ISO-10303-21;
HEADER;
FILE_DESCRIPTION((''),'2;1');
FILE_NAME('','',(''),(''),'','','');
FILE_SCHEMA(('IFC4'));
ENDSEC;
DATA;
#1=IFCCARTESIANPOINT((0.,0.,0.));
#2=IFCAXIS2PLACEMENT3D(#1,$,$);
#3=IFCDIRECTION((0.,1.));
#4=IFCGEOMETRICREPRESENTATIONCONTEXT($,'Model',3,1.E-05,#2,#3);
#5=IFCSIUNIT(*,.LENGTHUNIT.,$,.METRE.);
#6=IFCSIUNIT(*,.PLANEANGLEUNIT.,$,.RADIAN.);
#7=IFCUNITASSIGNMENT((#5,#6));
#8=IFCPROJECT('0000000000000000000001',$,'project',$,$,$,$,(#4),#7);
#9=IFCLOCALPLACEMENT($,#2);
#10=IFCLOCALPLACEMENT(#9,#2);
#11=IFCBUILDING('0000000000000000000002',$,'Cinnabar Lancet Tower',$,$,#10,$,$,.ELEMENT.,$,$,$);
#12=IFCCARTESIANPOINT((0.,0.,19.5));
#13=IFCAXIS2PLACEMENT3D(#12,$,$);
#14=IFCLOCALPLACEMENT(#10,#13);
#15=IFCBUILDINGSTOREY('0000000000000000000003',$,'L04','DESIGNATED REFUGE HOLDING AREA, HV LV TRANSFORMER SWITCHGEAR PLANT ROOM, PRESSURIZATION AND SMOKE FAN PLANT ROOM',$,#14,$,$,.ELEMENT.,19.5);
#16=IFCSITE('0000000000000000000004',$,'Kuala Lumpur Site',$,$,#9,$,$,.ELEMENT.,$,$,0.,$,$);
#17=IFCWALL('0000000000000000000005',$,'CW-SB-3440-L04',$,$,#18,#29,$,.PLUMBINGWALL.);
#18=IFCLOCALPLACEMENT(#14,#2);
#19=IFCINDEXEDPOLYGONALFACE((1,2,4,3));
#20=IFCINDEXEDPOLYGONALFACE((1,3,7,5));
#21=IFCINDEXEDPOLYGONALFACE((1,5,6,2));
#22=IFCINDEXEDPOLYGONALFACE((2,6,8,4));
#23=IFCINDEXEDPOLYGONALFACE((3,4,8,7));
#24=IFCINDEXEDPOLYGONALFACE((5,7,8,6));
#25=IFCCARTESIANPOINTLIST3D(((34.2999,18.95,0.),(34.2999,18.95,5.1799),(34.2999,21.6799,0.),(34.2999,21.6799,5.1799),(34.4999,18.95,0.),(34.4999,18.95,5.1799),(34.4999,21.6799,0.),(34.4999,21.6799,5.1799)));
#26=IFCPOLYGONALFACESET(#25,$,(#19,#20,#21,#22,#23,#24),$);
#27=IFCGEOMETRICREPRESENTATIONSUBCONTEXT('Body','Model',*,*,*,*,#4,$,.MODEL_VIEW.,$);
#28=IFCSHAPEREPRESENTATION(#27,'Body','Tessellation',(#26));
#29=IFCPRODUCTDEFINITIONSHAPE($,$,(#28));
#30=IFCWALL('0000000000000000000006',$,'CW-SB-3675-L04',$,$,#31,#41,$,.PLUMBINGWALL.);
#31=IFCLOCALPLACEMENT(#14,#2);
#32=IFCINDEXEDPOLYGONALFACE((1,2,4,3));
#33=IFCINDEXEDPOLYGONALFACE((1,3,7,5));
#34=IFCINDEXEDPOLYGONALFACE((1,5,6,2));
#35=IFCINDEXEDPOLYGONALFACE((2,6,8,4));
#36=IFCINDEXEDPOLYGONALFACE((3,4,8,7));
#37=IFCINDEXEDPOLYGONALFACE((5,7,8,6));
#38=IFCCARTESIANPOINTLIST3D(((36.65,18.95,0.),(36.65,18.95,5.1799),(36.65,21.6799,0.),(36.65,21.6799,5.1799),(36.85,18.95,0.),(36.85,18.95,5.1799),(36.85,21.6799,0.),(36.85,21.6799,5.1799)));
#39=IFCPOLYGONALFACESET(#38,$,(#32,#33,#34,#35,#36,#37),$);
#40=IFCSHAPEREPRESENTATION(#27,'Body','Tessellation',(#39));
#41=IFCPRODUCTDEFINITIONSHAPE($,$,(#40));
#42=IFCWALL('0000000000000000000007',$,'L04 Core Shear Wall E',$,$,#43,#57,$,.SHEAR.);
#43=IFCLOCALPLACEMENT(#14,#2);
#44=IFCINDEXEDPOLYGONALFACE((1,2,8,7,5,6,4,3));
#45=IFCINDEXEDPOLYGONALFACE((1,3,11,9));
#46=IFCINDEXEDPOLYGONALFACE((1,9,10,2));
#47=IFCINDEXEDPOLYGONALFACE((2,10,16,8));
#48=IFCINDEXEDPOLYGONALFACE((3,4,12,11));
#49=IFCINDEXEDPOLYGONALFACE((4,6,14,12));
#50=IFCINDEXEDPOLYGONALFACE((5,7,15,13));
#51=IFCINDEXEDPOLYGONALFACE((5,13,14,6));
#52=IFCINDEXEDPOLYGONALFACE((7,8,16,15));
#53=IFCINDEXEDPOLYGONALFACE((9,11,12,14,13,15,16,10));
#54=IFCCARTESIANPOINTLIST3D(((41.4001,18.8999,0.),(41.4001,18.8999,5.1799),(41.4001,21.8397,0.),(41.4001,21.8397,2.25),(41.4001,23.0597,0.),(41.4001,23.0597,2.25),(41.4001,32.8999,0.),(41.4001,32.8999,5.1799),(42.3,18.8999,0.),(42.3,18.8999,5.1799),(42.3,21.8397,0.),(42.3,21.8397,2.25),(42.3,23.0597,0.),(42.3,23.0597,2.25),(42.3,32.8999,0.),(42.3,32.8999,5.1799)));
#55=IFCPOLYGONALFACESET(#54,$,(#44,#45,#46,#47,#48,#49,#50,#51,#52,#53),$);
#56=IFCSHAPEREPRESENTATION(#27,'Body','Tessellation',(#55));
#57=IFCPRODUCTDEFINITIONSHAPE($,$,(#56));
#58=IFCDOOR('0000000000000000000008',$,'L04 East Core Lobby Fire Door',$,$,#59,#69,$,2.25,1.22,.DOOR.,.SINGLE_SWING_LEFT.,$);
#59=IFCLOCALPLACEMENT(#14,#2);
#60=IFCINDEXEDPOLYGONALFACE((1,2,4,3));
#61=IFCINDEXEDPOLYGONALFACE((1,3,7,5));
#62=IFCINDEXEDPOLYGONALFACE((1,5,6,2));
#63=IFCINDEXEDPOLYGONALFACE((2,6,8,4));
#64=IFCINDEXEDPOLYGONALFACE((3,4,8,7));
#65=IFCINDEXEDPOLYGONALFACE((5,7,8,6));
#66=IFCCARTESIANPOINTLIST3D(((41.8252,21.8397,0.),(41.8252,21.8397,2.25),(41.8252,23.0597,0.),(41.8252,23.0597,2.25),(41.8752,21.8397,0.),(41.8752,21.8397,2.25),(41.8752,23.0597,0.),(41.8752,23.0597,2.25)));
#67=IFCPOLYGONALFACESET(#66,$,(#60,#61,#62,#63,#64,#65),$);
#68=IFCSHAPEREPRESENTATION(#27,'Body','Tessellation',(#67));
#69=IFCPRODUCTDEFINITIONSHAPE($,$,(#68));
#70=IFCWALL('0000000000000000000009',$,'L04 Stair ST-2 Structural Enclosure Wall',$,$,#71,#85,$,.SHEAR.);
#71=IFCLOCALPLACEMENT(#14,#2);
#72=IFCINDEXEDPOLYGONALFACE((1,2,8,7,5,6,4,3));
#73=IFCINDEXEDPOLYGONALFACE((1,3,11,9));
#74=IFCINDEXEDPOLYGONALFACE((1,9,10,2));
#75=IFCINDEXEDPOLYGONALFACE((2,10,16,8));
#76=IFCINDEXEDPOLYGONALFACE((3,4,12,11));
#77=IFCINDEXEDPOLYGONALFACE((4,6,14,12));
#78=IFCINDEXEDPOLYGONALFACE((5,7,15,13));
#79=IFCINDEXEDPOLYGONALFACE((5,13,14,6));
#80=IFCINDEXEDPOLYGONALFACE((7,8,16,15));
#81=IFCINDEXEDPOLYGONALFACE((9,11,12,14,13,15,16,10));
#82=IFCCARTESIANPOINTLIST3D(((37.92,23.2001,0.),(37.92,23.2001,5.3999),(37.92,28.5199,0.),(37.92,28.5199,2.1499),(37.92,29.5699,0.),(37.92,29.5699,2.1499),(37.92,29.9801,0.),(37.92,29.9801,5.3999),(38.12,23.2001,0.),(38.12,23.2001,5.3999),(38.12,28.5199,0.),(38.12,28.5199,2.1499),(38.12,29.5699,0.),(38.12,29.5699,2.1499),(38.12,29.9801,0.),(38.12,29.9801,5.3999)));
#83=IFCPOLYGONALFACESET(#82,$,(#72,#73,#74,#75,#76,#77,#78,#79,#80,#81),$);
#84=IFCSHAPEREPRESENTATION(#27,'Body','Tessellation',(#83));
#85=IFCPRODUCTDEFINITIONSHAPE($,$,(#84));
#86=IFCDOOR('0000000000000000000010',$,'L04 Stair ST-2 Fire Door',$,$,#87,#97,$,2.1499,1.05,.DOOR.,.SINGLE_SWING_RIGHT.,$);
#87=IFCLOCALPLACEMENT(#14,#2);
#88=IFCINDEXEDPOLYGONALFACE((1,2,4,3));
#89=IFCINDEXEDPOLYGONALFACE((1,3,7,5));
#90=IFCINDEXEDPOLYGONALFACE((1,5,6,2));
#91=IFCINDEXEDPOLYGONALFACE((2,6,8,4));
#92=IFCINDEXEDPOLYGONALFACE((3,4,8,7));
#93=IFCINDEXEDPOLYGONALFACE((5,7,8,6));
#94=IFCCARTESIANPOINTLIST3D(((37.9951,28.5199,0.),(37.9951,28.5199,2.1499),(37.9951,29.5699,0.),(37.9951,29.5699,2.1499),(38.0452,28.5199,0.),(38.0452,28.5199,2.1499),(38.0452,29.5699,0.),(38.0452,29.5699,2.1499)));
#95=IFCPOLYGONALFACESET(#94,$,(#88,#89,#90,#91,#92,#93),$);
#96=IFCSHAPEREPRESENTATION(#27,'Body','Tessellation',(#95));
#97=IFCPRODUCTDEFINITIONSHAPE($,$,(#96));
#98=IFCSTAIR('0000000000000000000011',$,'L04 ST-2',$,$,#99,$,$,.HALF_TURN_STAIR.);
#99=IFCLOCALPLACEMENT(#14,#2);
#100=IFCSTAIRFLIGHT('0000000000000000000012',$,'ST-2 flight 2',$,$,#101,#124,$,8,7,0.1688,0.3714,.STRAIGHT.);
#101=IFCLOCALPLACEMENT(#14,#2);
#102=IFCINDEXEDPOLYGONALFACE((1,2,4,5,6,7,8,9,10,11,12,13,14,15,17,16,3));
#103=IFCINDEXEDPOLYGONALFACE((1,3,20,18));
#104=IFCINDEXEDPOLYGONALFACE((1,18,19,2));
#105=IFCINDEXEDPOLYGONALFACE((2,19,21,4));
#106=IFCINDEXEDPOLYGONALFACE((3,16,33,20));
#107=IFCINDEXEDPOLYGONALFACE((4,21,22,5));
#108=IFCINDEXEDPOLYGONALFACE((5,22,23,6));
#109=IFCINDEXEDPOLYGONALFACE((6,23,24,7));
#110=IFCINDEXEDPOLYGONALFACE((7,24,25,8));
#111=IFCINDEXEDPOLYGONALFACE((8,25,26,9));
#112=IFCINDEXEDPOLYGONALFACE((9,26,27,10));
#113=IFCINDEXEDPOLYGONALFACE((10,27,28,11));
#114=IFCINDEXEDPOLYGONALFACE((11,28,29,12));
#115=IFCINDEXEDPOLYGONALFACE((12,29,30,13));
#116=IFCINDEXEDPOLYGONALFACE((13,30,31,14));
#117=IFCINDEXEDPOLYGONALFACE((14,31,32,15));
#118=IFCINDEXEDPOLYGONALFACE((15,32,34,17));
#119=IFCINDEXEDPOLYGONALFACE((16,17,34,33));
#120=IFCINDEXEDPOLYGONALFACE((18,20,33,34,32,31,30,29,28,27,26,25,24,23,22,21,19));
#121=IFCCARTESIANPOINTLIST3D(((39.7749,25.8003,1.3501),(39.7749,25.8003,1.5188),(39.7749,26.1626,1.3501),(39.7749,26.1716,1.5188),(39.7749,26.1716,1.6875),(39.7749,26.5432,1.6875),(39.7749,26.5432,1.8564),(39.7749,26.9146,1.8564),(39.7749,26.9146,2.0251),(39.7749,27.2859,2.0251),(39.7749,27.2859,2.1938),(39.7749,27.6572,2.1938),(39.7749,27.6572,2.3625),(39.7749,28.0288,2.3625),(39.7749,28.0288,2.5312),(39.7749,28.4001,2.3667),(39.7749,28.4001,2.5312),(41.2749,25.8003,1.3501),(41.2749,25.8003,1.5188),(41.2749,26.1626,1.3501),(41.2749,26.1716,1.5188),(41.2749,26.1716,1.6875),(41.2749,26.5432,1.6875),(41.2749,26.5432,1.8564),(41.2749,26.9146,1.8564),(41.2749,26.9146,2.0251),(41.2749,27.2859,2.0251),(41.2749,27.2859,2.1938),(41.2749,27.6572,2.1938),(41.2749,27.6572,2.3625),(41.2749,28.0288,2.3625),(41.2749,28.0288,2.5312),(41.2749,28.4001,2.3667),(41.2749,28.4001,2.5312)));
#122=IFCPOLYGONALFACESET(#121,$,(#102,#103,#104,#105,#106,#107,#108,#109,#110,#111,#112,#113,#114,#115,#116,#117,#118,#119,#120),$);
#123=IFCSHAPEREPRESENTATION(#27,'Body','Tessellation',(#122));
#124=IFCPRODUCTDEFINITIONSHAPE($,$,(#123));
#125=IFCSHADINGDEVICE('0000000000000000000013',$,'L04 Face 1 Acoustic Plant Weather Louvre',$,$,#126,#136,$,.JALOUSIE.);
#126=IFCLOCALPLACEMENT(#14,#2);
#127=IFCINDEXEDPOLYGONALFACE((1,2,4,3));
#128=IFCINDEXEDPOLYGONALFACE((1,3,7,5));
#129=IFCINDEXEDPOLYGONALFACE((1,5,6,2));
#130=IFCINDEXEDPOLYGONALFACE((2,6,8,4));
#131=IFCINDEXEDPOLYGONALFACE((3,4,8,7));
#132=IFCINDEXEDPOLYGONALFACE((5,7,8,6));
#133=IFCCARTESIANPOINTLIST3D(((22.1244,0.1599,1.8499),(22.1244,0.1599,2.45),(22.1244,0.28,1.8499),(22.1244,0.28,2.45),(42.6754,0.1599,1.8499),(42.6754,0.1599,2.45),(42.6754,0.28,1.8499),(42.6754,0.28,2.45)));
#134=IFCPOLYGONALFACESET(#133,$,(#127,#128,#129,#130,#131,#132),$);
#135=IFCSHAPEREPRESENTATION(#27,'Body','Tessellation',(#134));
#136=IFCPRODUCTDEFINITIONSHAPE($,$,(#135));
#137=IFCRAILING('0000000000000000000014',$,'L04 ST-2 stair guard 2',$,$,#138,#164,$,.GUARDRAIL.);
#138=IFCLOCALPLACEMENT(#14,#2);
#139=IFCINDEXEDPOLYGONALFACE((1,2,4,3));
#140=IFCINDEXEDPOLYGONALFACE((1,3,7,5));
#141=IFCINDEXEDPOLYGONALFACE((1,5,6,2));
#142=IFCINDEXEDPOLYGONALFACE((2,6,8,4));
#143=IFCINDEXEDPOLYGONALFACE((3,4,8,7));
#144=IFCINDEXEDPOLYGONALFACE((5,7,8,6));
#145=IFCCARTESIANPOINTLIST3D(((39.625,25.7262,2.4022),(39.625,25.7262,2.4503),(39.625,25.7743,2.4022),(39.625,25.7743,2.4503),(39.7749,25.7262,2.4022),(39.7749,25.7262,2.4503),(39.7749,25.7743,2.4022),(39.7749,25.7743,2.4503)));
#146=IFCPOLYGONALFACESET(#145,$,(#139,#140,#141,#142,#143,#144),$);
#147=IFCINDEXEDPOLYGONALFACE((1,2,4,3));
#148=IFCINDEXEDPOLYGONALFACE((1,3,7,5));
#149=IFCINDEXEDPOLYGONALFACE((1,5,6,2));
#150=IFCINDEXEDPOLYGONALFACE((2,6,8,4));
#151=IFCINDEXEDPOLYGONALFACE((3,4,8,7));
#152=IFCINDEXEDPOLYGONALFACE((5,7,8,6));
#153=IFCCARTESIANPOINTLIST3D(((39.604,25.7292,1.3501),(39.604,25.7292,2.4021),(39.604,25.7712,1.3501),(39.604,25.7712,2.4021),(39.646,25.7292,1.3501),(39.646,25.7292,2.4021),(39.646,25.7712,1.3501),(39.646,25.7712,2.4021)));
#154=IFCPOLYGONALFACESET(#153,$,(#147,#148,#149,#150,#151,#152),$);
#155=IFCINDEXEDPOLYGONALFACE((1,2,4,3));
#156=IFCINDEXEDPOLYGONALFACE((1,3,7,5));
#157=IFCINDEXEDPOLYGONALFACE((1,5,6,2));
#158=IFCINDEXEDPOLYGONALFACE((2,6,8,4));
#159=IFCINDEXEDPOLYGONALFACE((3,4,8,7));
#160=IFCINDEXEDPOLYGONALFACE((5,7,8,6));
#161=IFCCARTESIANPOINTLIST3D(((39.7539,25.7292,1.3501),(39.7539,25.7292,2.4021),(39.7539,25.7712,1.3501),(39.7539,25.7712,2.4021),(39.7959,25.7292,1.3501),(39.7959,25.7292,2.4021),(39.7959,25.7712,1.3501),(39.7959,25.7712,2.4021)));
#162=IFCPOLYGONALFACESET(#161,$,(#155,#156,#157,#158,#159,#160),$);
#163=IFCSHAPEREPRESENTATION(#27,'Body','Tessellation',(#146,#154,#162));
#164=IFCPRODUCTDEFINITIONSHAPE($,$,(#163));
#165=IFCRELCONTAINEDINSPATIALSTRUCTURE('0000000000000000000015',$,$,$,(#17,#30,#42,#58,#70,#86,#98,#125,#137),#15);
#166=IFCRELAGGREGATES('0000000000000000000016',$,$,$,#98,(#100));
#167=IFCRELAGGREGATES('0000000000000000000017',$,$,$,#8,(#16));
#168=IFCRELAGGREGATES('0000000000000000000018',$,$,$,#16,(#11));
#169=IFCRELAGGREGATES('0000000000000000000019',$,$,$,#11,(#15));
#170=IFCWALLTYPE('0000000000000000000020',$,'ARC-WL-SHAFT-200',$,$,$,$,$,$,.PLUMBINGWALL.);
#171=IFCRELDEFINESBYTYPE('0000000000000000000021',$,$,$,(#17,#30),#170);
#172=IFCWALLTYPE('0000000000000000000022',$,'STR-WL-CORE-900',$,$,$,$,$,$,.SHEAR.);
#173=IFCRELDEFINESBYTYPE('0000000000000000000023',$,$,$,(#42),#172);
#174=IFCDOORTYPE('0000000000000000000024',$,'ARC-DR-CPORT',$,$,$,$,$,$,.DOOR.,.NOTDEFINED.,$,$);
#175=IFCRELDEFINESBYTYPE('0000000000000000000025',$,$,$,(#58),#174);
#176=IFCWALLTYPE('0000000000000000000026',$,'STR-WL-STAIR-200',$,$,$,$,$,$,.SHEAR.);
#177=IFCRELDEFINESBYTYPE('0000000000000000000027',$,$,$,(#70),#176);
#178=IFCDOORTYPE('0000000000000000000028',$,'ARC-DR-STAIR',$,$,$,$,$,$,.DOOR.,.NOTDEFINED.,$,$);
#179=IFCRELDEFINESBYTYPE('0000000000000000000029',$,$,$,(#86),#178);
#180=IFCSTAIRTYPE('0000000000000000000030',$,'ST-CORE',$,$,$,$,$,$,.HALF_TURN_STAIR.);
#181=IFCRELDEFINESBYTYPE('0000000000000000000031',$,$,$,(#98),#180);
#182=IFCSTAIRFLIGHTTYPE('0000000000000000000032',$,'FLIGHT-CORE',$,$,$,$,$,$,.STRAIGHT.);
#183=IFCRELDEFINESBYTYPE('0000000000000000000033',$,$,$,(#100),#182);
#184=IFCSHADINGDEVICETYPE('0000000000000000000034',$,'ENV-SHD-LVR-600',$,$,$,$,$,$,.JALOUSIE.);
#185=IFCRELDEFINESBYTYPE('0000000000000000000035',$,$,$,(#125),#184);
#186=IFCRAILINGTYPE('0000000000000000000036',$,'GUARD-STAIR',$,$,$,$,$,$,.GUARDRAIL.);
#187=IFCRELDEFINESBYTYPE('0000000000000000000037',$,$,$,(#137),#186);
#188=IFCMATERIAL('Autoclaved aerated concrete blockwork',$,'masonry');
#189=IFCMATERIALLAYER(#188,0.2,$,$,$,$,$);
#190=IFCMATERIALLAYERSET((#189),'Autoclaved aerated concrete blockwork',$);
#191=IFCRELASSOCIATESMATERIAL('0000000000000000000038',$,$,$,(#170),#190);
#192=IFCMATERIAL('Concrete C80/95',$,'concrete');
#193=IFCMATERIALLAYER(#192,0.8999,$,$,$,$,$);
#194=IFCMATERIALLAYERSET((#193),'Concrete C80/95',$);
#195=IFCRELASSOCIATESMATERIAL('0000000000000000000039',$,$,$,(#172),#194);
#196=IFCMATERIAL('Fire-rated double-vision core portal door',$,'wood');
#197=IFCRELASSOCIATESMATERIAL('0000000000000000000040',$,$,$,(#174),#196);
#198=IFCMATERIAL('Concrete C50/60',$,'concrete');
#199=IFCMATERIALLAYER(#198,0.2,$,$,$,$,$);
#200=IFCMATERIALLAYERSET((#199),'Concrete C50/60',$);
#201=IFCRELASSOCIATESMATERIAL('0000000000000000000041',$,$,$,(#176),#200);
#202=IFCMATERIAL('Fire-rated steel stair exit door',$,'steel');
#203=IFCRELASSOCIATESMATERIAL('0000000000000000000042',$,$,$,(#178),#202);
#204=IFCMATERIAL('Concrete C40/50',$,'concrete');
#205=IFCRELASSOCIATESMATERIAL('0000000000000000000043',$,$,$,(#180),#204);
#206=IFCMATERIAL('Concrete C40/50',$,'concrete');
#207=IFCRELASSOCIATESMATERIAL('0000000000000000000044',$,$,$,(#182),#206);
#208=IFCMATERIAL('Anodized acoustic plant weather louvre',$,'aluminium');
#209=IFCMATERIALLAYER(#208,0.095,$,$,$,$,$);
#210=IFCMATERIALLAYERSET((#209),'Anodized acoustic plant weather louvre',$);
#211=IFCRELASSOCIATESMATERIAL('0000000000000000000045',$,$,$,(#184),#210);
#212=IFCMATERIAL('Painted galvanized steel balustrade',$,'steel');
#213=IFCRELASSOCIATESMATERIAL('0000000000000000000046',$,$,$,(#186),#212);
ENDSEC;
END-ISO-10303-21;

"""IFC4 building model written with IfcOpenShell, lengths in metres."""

from ifc_helpers import new_model, si_unit, direction, frame, frame_2d, origin, origin_2d, place, context, subcontext, project, spatial, polyline, rectangle, outline, extrude, material, layer, layer_set, type_object, element, fill, aggregate, save


model = new_model("IFC4")

# Units and contexts
model_context = context("Model", 3, precision=1e-05, world=origin(), true_north=direction((0.0, 1.0)))
body_context = subcontext(model_context, "Body", "Model", "MODEL_VIEW")
ifc_project = project(units=[si_unit("LENGTHUNIT", "METRE"), si_unit("PLANEANGLEUNIT", "RADIAN")], contexts=[model_context])

# Site, building, storey
site_placement = place(None, origin())
site = spatial("IfcSite", under=ifc_project, at=site_placement, Name="Kuala Lumpur Site", CompositionType="ELEMENT", RefElevation=0.0)
building_placement = place(site_placement, origin())
building = spatial("IfcBuilding", under=site, at=building_placement, Name="Cinnabar Lancet Tower", CompositionType="ELEMENT")
storey_placement = place(building_placement, frame((0.0, 0.0, 19.5)))
storey = spatial("IfcBuildingStorey", under=building, at=storey_placement, Name="L04", Description="DESIGNATED REFUGE HOLDING AREA, HV LV TRANSFORMER SWITCHGEAR PLANT ROOM, PRESSURIZATION AND SMOKE FAN PLANT ROOM", CompositionType="ELEMENT", Elevation=19.5)

# Shared definitions
ifc_material_1 = material(Name="Autoclaved aerated concrete blockwork", Category="masonry")
ifc_layer_1 = layer(ifc_material_1, 0.2)
ifc_layer_set_1 = layer_set([ifc_layer_1], Name="Autoclaved aerated concrete blockwork")
wall_type_1 = type_object("IfcWallType", Name="ARC-WL-SHAFT-200", PredefinedType="PLUMBINGWALL", material=ifc_layer_set_1)

# Walls
for number, where, z_axis, x_axis, name in (
    (1, (34.3999, 18.95, 0.0), (0.0, 0.0, 1.0), (0.0, 1.0, 0.0), "CW-SB-3440-L04"),
    (2, (36.75, 18.95, 0.0), (0.0, 0.0, 1.0), (0.0, 1.0, 0.0), "CW-SB-3675-L04"),
):
    element("IfcWall", number, at=place(storey_placement, frame(where, z_axis=z_axis, x_axis=x_axis)), inside=storey, type_object=wall_type_1, Name=name, PredefinedType="PLUMBINGWALL", context=body_context, shape_type="SweptSolid", body=[
        extrude(rectangle(XDim=2.73, YDim=0.2, at=frame_2d((1.365, 0.0))), origin(), (0.0, 0.0, 1.0), 5.1799),
    ])

# Walls, openings, doors
ifc_material_2 = material(Name="Concrete C80/95", Category="concrete")
ifc_layer_2 = layer(ifc_material_2, 0.8999)
ifc_layer_set_2 = layer_set([ifc_layer_2], Name="Concrete C80/95")
wall_type_2 = type_object("IfcWallType", Name="STR-WL-CORE-900", PredefinedType="SHEAR", material=ifc_layer_set_2)
wall_1_placement = place(storey_placement, frame((41.8501, 18.8999, 0.0), z_axis=(0.0, 0.0, 1.0), x_axis=(0.0, 1.0, 0.0)))
wall_1 = element("IfcWall", 3, at=wall_1_placement, inside=storey, type_object=wall_type_2, Name="L04 Core Shear Wall E", PredefinedType="SHEAR", context=body_context, shape_type="SweptSolid", body=[
    extrude(rectangle(XDim=14.0, YDim=0.8999, at=frame_2d((7.0, 0.0))), origin(), (0.0, 0.0, 1.0), 5.1799),
])
opening_1_placement = place(wall_1_placement, frame((2.9399, 0.0, 0.0)))
opening_1 = element("IfcOpeningElement", 4, at=opening_1_placement, cuts=wall_1, PredefinedType="OPENING", context=body_context, shape_type="SweptSolid", body=[
    extrude(rectangle(XDim=1.22, YDim=2.25, at=frame_2d((0.6099, 1.125))), frame((0.0, 0.46, 0.0), z_axis=(0.0, -1.0, 0.0), x_axis=(1.0, 0.0, 0.0)), (0.0, 0.0, 1.0), 0.9199),
])
ifc_material_3 = material(Name="Fire-rated double-vision core portal door", Category="wood")
door_type_1 = type_object("IfcDoorType", Name="ARC-DR-CPORT", OperationType="NOTDEFINED", PredefinedType="DOOR", material=ifc_material_3)
door_1_placement = place(opening_1_placement, origin())
door_1 = element("IfcDoor", 5, at=door_1_placement, inside=storey, type_object=door_type_1, Name="L04 East Core Lobby Fire Door", OperationType="SINGLE_SWING_LEFT", OverallHeight=2.25, OverallWidth=1.22, PredefinedType="DOOR", context=body_context, shape_type="SweptSolid", body=[
    extrude(rectangle(XDim=1.22, YDim=2.25, at=frame_2d((0.6099, 1.125))), frame((0.0, 0.0249, 0.0), z_axis=(0.0, -1.0, 0.0), x_axis=(1.0, 0.0, 0.0)), (0.0, 0.0, 1.0), 0.05),
])
fill(opening_1, door_1)
ifc_material_4 = material(Name="Concrete C50/60", Category="concrete")
ifc_layer_3 = layer(ifc_material_4, 0.2)
ifc_layer_set_3 = layer_set([ifc_layer_3], Name="Concrete C50/60")
wall_type_3 = type_object("IfcWallType", Name="STR-WL-STAIR-200", PredefinedType="SHEAR", material=ifc_layer_set_3)
wall_2_placement = place(storey_placement, frame((38.02, 23.2, 0.0), z_axis=(0.0, 0.0, 1.0), x_axis=(0.0, 1.0, 0.0)))
wall_2 = element("IfcWall", 6, at=wall_2_placement, inside=storey, type_object=wall_type_3, Name="L04 Stair ST-2 Structural Enclosure Wall", PredefinedType="SHEAR", context=body_context, shape_type="SweptSolid", body=[
    extrude(rectangle(XDim=6.78, YDim=0.2, at=frame_2d((3.3901, 0.0))), origin(), (0.0, 0.0, 1.0), 5.3999),
])
opening_2_placement = place(wall_2_placement, frame((5.3201, 0.0, 0.0)))
opening_2 = element("IfcOpeningElement", 7, at=opening_2_placement, cuts=wall_2, PredefinedType="OPENING", context=body_context, shape_type="SweptSolid", body=[
    extrude(rectangle(XDim=1.05, YDim=2.1499, at=frame_2d((0.5249, 1.075))), frame((0.0, 0.1099, 0.0), z_axis=(0.0, -1.0, 0.0), x_axis=(1.0, 0.0, 0.0)), (0.0, 0.0, 1.0), 0.22),
])
ifc_material_5 = material(Name="Fire-rated steel stair exit door", Category="steel")
door_type_2 = type_object("IfcDoorType", Name="ARC-DR-STAIR", OperationType="NOTDEFINED", PredefinedType="DOOR", material=ifc_material_5)
door_2_placement = place(opening_2_placement, origin())
door_2 = element("IfcDoor", 8, at=door_2_placement, inside=storey, type_object=door_type_2, Name="L04 Stair ST-2 Fire Door", OperationType="SINGLE_SWING_RIGHT", OverallHeight=2.1499, OverallWidth=1.05, PredefinedType="DOOR", context=body_context, shape_type="SweptSolid", body=[
    extrude(rectangle(XDim=1.05, YDim=2.1499, at=frame_2d((0.5249, 1.075))), frame((0.0, 0.0249, 0.0), z_axis=(0.0, -1.0, 0.0), x_axis=(1.0, 0.0, 0.0)), (0.0, 0.0, 1.0), 0.05),
])
fill(opening_2, door_2)

# Stair, stair flight
ifc_material_6 = material(Name="Concrete C40/50", Category="concrete")
stair_type = type_object("IfcStairType", Name="ST-CORE", PredefinedType="HALF_TURN_STAIR", material=ifc_material_6)
stair_placement = place(storey_placement, origin())
stair = element("IfcStair", 9, at=stair_placement, inside=storey, type_object=stair_type, Name="L04 ST-2", PredefinedType="HALF_TURN_STAIR")
ifc_material_7 = material(Name="Concrete C40/50", Category="concrete")
stair_flight_type = type_object("IfcStairFlightType", Name="FLIGHT-CORE", PredefinedType="STRAIGHT", material=ifc_material_7)
stair_flight_placement = place(storey_placement, frame((40.5249, 25.8003, 1.3501), z_axis=(0.0, 0.0, 1.0), x_axis=(0.0, 1.0, 0.0)))
stair_flight = element("IfcStairFlight", 10, at=stair_flight_placement, type_object=stair_flight_type, Name="ST-2 flight 2", NumberOfRisers=8, NumberOfTreads=7, PredefinedType="STRAIGHT", RiserHeight=0.1688, TreadLength=0.3714, context=body_context, shape_type="SweptSolid", body=[
    extrude(outline(polyline([(0.0, 0.0), (0.0, 0.1687), (0.3713, 0.1687), (0.3713, 0.3374), (0.7429, 0.3374), (0.7429, 0.5063), (1.1143, 0.5063), (1.1143, 0.675), (1.4856, 0.675), (1.4856, 0.8438), (1.8569, 0.8438), (1.8569, 1.0125), (2.2285, 1.0125), (2.2285, 1.1812), (2.5999, 1.1812), (2.5999, 1.3501), (2.5999, 1.0166), (0.3623, 0.0), (0.0, 0.0)])), frame((0.0, 0.75, 0.0), z_axis=(0.0, -1.0, 0.0), x_axis=(1.0, 0.0, 0.0)), (0.0, 0.0, 1.0), 1.5),
])
aggregate(stair, [stair_flight])

# Shading device
ifc_material_8 = material(Name="Anodized acoustic plant weather louvre", Category="aluminium")
ifc_layer_4 = layer(ifc_material_8, 0.095)
ifc_layer_set_4 = layer_set([ifc_layer_4], Name="Anodized acoustic plant weather louvre")
shading_device_type = type_object("IfcShadingDeviceType", Name="ENV-SHD-LVR-600", PredefinedType="JALOUSIE", material=ifc_layer_set_4)
shading_device_placement = place(storey_placement, frame((32.3999, 0.22, 1.8499), z_axis=(0.0, 0.0, 1.0), x_axis=(1.0, 0.0, 0.0)))
element("IfcShadingDevice", 11, at=shading_device_placement, inside=storey, type_object=shading_device_type, Name="L04 Face 1 Acoustic Plant Weather Louvre", PredefinedType="JALOUSIE", context=body_context, shape_type="SweptSolid", body=[
    extrude(rectangle(XDim=20.551, YDim=0.1201, at=origin_2d()), origin(), (0.0, 0.0, 1.0), 0.6001),
])

# Railing
ifc_material_9 = material(Name="Painted galvanized steel balustrade", Category="steel")
railing_type = type_object("IfcRailingType", Name="GUARD-STAIR", PredefinedType="GUARDRAIL", material=ifc_material_9)
railing_1_placement = place(storey_placement, frame((39.625, 25.7502, 1.3501)))
element("IfcRailing", 12, at=railing_1_placement, inside=storey, type_object=railing_type, Name="L04 ST-2 stair guard 2", PredefinedType="GUARDRAIL", context=body_context, shape_type="SweptSolid", body=[
    extrude(rectangle(XDim=0.0481, YDim=0.0481, at=origin_2d()), frame((0.0, 0.0, 1.0762), z_axis=(1.0, 0.0, 0.0), x_axis=(0.0, 1.0, 0.0)), (0.0, 0.0, 1.0), 0.1499),
    extrude(rectangle(XDim=0.042, YDim=0.042, at=origin_2d()), origin(), (0.0, 0.0, 1.0), 1.052),
    extrude(rectangle(XDim=0.042, YDim=0.042, at=origin_2d()), frame((0.1499, 0.0, 0.0)), (0.0, 0.0, 1.0), 1.052),
])

save(model, "model.ifc")
